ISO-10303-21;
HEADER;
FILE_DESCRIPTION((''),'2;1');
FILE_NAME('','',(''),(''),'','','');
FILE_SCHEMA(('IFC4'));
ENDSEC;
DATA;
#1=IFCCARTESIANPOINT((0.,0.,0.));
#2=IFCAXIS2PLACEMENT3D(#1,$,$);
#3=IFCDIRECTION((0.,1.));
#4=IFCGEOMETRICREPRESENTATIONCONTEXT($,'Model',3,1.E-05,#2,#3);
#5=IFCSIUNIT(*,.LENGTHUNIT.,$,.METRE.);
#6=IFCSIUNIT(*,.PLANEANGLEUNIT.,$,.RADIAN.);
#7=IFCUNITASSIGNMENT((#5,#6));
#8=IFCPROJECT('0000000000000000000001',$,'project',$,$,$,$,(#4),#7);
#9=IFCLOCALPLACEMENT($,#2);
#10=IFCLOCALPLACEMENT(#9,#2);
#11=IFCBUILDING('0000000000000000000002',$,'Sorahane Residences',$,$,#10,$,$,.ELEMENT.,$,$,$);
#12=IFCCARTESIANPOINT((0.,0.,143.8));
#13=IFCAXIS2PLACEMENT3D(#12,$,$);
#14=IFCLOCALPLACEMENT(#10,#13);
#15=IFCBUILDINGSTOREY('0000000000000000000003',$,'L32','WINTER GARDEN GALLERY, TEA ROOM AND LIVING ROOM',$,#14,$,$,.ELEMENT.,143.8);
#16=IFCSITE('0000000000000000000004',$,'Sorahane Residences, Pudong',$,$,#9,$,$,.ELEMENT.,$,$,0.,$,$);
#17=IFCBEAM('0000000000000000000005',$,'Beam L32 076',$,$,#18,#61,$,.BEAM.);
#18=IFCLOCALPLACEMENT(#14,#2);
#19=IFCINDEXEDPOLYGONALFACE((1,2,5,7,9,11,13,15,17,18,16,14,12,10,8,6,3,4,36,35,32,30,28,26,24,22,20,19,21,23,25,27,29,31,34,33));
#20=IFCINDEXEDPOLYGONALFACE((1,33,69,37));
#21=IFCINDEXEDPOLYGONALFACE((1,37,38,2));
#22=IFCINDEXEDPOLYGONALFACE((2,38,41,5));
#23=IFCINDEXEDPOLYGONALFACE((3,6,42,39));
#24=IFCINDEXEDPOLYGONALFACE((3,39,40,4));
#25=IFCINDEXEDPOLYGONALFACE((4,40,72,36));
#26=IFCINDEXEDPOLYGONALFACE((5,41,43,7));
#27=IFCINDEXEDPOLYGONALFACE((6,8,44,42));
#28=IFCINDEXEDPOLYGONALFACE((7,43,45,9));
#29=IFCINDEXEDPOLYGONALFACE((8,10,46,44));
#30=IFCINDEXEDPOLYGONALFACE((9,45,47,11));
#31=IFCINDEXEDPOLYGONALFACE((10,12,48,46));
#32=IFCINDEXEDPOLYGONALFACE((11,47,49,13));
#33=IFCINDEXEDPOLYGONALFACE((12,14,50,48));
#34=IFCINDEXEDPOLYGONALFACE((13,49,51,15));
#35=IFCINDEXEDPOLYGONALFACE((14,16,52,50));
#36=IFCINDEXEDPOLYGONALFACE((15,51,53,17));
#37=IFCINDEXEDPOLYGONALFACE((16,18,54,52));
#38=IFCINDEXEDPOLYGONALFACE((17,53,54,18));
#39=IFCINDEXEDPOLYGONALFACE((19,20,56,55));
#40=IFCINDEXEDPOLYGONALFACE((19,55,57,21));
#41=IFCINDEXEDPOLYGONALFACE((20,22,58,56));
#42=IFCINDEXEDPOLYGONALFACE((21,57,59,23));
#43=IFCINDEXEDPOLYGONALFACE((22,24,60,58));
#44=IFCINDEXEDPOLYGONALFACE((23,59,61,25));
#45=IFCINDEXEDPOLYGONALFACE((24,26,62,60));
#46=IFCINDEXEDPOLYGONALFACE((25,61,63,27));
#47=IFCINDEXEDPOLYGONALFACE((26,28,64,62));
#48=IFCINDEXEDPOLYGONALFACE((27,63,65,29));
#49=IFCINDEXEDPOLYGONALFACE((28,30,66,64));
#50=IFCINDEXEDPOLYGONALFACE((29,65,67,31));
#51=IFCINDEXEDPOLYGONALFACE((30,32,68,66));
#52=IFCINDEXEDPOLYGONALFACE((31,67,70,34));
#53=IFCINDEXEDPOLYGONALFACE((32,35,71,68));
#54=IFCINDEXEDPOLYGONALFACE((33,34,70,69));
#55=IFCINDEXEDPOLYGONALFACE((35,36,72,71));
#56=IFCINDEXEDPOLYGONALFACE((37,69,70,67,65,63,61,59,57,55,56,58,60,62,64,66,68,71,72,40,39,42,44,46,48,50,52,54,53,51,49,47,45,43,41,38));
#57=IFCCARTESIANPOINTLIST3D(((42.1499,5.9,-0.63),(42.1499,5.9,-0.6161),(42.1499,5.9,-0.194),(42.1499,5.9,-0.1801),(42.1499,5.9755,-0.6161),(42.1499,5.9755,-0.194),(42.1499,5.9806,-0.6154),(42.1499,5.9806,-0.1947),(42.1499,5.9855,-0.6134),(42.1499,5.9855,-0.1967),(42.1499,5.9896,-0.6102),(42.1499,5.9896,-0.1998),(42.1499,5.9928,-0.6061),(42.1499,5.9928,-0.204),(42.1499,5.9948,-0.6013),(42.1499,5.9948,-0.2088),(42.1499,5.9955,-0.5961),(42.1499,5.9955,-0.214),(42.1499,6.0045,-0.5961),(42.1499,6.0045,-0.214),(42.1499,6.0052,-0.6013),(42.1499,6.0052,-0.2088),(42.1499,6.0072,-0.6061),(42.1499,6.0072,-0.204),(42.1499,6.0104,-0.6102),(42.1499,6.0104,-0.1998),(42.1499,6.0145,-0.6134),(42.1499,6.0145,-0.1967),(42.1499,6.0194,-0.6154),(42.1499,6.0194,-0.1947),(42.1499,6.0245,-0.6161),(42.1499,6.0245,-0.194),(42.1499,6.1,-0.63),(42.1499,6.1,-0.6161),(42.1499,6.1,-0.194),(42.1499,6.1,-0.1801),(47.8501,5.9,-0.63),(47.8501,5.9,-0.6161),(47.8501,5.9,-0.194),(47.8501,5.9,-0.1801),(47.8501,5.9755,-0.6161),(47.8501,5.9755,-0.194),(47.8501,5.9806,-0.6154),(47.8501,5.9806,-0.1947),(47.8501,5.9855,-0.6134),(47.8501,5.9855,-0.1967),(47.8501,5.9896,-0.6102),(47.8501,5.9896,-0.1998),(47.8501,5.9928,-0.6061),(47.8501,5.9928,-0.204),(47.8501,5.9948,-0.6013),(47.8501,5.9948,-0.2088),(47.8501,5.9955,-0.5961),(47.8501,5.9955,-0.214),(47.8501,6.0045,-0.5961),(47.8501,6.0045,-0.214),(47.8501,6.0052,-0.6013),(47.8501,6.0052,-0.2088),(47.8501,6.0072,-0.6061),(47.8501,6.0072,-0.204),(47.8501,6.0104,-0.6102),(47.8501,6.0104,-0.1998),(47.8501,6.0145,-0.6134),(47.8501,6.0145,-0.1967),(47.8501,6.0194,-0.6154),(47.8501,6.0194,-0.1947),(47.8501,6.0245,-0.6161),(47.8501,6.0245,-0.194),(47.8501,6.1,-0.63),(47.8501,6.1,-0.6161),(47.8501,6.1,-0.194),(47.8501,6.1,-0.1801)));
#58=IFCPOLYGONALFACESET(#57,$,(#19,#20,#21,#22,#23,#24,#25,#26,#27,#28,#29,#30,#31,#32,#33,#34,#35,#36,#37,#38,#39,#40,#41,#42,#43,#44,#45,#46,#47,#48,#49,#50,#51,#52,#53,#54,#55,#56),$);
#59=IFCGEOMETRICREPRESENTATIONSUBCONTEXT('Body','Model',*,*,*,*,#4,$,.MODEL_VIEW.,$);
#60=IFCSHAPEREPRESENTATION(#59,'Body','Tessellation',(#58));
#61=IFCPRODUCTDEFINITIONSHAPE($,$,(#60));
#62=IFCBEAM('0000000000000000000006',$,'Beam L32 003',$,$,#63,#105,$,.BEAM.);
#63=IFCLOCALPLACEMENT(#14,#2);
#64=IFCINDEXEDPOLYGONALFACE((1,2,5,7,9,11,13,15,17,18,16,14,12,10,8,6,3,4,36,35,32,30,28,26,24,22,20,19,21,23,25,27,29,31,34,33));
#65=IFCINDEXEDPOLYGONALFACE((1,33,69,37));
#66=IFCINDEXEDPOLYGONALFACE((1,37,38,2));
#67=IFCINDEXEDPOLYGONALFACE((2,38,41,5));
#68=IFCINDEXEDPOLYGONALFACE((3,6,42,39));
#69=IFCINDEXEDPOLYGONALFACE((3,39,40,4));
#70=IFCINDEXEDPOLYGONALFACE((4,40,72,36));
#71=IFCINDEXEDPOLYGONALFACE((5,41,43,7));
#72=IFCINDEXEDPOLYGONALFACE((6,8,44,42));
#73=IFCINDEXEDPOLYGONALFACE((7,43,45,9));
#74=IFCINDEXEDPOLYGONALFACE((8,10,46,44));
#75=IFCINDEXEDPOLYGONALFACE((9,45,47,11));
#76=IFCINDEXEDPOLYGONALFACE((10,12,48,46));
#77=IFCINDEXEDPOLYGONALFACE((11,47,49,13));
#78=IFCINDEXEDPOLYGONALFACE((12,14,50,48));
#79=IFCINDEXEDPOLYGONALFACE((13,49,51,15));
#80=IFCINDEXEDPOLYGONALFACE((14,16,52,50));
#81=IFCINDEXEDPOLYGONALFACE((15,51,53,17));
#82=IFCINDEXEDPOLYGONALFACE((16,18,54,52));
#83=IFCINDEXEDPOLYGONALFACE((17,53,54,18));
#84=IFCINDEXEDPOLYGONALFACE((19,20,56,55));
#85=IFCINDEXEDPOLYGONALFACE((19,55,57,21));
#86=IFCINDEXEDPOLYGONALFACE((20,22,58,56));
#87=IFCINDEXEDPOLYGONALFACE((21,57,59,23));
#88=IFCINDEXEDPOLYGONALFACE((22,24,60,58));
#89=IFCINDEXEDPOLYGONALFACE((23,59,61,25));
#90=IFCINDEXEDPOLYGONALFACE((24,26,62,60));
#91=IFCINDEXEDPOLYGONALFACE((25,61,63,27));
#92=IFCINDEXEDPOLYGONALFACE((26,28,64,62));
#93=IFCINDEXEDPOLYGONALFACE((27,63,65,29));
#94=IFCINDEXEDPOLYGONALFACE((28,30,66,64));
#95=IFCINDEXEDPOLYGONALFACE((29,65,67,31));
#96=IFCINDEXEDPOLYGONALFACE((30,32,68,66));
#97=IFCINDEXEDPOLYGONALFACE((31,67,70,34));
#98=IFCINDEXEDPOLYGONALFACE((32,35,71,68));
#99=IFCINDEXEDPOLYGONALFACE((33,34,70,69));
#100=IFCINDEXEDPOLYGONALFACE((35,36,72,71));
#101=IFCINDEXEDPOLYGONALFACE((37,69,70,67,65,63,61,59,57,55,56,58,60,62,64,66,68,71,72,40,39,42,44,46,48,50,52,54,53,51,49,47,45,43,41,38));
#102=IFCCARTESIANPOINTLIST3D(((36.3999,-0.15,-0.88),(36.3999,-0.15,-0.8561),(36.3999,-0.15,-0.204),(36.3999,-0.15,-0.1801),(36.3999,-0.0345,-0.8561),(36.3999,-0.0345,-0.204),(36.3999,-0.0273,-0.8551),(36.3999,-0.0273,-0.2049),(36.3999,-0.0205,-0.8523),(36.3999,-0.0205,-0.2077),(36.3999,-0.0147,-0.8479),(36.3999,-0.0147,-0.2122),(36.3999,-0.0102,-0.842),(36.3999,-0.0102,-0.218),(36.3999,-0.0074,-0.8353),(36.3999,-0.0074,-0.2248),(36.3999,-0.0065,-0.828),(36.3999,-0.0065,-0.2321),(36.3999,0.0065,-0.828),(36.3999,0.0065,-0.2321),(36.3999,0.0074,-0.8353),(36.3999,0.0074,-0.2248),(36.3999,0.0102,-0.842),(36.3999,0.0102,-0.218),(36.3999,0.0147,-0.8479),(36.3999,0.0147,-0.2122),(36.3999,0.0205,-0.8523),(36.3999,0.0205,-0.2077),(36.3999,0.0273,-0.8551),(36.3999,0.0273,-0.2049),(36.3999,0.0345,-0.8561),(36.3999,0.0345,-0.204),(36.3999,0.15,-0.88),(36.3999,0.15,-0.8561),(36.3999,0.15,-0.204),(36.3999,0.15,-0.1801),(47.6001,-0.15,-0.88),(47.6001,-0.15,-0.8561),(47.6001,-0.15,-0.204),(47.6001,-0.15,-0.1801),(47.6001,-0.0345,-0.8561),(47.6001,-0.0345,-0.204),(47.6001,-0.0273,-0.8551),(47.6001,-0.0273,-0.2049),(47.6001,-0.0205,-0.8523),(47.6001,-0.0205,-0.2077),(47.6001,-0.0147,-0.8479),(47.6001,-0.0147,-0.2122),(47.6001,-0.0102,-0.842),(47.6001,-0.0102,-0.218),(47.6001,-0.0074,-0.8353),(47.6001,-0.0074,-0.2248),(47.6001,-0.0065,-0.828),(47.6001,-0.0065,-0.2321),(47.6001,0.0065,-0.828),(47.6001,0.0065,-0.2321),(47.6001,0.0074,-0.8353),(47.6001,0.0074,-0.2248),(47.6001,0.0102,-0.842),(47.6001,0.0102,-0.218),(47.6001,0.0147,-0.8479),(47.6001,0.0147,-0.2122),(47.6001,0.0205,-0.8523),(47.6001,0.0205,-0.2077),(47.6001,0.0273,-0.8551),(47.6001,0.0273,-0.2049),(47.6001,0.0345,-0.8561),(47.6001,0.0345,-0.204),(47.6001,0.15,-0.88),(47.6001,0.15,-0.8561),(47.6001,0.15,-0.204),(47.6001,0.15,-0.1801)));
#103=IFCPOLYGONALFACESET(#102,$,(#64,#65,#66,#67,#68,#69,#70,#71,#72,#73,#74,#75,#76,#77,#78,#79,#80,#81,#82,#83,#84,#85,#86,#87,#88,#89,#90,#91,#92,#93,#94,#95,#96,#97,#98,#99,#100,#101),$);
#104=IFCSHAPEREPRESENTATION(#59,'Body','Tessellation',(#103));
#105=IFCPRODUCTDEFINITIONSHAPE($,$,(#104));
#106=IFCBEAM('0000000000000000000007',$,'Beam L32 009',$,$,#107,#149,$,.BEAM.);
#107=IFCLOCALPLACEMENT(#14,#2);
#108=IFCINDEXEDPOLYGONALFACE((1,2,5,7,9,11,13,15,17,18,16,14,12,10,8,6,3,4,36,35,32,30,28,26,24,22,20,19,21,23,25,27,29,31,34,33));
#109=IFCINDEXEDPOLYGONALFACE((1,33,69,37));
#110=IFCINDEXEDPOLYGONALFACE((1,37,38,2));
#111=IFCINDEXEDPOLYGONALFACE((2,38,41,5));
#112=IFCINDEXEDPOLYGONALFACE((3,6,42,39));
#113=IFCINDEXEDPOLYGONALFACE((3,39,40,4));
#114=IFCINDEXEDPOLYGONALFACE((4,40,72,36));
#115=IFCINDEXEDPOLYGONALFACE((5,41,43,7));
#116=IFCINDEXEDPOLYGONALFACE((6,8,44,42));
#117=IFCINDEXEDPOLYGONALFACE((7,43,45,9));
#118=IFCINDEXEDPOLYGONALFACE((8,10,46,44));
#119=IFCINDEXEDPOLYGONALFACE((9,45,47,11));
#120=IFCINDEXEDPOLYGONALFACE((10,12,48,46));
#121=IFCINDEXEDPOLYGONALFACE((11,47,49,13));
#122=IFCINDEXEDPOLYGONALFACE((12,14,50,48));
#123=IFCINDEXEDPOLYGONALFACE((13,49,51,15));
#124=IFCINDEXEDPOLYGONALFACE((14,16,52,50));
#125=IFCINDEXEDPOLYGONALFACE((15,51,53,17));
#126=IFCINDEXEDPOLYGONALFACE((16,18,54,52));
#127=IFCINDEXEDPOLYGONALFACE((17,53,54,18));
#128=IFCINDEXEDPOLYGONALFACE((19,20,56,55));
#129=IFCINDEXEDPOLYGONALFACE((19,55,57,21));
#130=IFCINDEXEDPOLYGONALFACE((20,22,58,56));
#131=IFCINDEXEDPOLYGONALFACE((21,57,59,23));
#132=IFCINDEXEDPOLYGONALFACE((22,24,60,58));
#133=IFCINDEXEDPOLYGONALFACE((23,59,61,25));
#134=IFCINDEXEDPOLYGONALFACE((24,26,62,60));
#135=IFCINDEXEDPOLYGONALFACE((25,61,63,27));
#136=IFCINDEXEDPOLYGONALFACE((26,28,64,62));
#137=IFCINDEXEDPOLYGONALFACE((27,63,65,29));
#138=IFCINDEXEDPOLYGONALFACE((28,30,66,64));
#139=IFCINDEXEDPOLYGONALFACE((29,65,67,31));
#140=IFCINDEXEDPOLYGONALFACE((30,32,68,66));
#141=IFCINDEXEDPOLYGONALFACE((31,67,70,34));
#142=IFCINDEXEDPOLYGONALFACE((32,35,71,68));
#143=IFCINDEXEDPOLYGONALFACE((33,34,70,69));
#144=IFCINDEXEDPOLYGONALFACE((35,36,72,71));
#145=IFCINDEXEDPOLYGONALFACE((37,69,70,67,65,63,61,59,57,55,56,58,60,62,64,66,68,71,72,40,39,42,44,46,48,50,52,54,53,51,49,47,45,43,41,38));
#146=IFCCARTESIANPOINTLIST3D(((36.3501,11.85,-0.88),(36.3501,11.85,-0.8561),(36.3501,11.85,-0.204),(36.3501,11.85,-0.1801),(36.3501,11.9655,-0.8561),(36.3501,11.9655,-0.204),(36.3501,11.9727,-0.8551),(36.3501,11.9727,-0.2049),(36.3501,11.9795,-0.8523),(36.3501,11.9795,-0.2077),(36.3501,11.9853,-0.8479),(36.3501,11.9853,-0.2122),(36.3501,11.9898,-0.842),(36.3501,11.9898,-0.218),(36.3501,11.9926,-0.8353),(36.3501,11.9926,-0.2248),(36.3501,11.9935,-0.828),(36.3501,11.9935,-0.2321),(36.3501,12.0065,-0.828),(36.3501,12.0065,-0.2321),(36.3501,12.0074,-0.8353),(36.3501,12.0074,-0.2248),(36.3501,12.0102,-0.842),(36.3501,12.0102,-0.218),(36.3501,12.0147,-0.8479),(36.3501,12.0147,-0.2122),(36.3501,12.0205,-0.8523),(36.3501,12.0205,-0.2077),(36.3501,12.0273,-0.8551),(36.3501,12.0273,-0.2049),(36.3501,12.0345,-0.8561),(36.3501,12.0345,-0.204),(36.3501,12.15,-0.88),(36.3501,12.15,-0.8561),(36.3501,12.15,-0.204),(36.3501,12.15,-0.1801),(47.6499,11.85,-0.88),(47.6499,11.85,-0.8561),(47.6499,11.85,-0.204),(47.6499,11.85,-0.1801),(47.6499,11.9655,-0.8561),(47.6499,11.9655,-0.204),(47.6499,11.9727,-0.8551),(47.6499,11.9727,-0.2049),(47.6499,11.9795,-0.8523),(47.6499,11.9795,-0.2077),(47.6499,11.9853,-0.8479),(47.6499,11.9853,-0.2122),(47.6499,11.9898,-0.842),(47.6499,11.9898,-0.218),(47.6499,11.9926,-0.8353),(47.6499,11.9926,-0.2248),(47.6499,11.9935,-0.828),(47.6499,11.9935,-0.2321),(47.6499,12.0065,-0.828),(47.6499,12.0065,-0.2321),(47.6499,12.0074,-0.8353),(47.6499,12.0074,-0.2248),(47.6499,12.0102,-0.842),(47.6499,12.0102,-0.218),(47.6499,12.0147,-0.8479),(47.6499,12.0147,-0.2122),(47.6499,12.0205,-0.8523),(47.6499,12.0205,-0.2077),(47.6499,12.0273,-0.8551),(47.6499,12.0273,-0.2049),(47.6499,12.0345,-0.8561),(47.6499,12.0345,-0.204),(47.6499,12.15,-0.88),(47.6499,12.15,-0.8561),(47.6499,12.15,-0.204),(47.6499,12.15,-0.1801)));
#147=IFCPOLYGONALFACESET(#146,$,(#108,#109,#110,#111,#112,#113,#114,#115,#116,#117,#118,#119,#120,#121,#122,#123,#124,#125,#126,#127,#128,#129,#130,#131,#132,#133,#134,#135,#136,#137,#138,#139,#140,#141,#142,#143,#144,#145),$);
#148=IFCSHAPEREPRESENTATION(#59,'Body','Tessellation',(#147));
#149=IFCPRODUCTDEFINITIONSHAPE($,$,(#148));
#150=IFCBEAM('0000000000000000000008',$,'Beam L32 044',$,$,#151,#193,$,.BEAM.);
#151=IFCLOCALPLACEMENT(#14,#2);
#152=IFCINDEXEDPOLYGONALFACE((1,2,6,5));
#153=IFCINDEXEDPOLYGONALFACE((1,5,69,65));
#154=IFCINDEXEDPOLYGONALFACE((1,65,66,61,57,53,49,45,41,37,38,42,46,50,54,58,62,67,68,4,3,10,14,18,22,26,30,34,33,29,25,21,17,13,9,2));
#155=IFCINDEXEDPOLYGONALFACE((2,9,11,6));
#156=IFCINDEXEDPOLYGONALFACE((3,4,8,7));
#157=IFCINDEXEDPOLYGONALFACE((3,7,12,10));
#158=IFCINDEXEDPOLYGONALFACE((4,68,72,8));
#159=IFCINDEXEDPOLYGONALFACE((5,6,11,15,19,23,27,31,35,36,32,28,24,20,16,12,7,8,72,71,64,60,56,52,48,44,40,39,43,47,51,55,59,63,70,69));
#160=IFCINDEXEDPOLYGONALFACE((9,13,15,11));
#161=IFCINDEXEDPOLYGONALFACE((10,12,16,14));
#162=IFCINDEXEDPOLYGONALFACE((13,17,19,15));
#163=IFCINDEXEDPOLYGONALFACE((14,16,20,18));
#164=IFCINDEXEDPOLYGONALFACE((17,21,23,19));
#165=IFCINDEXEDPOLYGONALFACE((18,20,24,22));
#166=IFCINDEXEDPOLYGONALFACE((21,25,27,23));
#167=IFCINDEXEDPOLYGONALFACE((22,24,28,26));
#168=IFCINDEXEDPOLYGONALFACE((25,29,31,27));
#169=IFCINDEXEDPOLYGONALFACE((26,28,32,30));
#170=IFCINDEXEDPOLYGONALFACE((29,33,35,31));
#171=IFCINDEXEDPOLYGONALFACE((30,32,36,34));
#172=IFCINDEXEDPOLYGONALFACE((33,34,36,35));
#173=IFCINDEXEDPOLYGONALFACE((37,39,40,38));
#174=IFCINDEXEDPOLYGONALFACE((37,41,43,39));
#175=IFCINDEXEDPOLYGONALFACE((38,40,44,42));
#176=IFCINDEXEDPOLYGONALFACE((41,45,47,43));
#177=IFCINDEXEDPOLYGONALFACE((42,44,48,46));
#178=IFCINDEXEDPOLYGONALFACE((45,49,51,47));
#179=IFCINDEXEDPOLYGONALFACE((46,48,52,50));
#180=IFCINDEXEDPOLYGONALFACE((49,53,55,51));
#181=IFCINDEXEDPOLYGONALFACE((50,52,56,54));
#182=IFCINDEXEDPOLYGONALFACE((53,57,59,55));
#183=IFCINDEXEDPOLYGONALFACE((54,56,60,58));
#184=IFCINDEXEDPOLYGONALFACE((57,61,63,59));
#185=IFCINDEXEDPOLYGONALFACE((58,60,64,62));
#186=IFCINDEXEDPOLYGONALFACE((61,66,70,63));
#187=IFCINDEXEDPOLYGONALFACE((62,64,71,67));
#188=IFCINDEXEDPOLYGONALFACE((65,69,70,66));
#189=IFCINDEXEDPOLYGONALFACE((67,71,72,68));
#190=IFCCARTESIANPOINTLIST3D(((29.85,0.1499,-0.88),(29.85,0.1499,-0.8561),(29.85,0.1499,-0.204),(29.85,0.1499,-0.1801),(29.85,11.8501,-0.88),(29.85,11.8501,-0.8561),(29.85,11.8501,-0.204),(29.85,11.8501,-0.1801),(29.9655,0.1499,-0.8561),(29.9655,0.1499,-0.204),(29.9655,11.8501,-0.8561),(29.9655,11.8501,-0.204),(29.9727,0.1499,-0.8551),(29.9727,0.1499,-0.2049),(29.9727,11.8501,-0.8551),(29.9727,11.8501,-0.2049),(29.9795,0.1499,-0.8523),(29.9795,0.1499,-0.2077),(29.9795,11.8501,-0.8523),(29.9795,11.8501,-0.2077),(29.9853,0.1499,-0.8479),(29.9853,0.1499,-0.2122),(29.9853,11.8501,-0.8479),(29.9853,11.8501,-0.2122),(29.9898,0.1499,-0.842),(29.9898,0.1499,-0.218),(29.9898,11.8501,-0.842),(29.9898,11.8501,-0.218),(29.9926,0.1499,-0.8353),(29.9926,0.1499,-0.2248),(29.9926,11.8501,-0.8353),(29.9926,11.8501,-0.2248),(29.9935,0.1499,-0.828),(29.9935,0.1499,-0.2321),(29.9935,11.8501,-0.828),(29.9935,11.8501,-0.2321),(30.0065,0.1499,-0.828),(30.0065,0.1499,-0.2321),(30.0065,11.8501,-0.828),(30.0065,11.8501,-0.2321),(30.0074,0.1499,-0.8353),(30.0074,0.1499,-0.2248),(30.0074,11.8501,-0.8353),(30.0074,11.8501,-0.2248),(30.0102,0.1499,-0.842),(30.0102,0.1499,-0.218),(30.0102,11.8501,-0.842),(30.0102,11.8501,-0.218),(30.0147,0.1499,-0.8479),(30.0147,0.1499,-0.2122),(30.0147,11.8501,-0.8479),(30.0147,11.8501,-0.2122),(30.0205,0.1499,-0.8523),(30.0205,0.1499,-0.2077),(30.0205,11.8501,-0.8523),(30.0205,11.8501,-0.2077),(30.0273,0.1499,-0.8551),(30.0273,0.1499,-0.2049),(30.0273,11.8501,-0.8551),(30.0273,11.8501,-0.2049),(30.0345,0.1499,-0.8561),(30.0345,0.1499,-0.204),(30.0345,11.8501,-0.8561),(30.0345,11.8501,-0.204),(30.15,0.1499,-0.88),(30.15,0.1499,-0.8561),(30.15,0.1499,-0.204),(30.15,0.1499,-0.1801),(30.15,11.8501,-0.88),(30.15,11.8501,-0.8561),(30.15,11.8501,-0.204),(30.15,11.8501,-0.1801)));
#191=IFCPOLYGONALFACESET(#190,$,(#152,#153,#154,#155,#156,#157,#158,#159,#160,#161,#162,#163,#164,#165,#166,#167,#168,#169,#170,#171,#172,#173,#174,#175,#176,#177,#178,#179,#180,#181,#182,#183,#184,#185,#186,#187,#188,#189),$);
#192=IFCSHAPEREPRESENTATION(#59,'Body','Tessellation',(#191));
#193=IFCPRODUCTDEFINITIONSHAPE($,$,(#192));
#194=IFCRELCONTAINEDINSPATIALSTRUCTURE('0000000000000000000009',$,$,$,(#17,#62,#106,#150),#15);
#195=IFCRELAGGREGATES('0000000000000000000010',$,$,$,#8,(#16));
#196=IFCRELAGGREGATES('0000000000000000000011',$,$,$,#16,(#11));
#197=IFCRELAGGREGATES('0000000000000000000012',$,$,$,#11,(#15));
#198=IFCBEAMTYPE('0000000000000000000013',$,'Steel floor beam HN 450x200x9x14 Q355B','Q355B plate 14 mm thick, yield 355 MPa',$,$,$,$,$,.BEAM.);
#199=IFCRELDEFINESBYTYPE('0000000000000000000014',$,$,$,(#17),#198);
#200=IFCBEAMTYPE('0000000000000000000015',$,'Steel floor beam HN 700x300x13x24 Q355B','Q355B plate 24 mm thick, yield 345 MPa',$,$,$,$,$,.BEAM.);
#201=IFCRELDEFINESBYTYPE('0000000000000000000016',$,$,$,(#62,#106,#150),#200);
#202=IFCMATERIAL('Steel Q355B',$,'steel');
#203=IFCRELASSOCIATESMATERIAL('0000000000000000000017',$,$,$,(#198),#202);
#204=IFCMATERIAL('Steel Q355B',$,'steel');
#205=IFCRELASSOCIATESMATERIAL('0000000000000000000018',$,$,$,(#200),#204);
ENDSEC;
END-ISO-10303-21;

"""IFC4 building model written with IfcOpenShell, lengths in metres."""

from ifc_helpers import new_model, si_unit, direction, frame, origin, origin_2d, place, context, subcontext, project, spatial, i_section, extrude, material, material_profile, profile_set, type_object, element, save


model = new_model("IFC4")

# Units and contexts
model_context = context("Model", 3, precision=1e-05, world=origin(), true_north=direction((0.0, 1.0)))
body_context = subcontext(model_context, "Body", "Model", "MODEL_VIEW")
ifc_project = project(units=[si_unit("LENGTHUNIT", "METRE"), si_unit("PLANEANGLEUNIT", "RADIAN")], contexts=[model_context])

# Site, building, storey
site_placement = place(None, origin())
site = spatial("IfcSite", under=ifc_project, at=site_placement, Name="Sorahane Residences, Pudong", CompositionType="ELEMENT", RefElevation=0.0)
building_placement = place(site_placement, origin())
building = spatial("IfcBuilding", under=site, at=building_placement, Name="Sorahane Residences", CompositionType="ELEMENT")
storey_placement = place(building_placement, frame((0.0, 0.0, 143.8)))
storey = spatial("IfcBuildingStorey", under=building, at=storey_placement, Name="L32", Description="WINTER GARDEN GALLERY, TEA ROOM AND LIVING ROOM", CompositionType="ELEMENT", Elevation=143.8)

# Beams
ifc_material_1 = material(Name="Steel Q355B", Category="steel")
ifc_material_profile_1 = material_profile(ifc_material_1, i_section(OverallWidth=0.2, OverallDepth=0.45, WebThickness=0.009, FlangeThickness=0.0139, FilletRadius=0.02, at=origin_2d()), Name="HN 450x200x9x14")
ifc_profile_set_1 = profile_set([ifc_material_profile_1], Name="Steel Q355B")
beam_type_1 = type_object("IfcBeamType", Name="Steel floor beam HN 450x200x9x14 Q355B", Description="Q355B plate 14 mm thick, yield 355 MPa", PredefinedType="BEAM", material=ifc_profile_set_1)
for number, where, z_axis, x_axis, name in (
    (1, (42.1499, 6.0, -0.405), (1.0, 0.0, 0.0), (0.0, 1.0, 0.0), "Beam L32 076"),
):
    element("IfcBeam", number, at=place(storey_placement, frame(where, z_axis=z_axis, x_axis=x_axis)), inside=storey, type_object=beam_type_1, Name=name, PredefinedType="BEAM", context=body_context, shape_type="SweptSolid", body=[
        extrude(i_section(OverallWidth=0.2, OverallDepth=0.45, WebThickness=0.009, FlangeThickness=0.0139, FilletRadius=0.02, at=origin_2d()), origin(), (0.0, 0.0, 1.0), 5.7002),
    ])
ifc_material_2 = material(Name="Steel Q355B", Category="steel")
ifc_material_profile_2 = material_profile(ifc_material_2, i_section(OverallWidth=0.3, OverallDepth=0.7, WebThickness=0.0129, FlangeThickness=0.0239, FilletRadius=0.0281, at=origin_2d()), Name="HN 700x300x13x24")
ifc_profile_set_2 = profile_set([ifc_material_profile_2], Name="Steel Q355B")
beam_type_2 = type_object("IfcBeamType", Name="Steel floor beam HN 700x300x13x24 Q355B", Description="Q355B plate 24 mm thick, yield 345 MPa", PredefinedType="BEAM", material=ifc_profile_set_2)
beam_1_placement = place(storey_placement, frame((36.3999, 0.0, -0.53), z_axis=(1.0, 0.0, 0.0), x_axis=(0.0, 1.0, 0.0)))
element("IfcBeam", 2, at=beam_1_placement, inside=storey, type_object=beam_type_2, Name="Beam L32 003", PredefinedType="BEAM", context=body_context, shape_type="SweptSolid", body=[
    extrude(i_section(OverallWidth=0.3, OverallDepth=0.7, WebThickness=0.0129, FlangeThickness=0.0239, FilletRadius=0.0281, at=origin_2d()), origin(), (0.0, 0.0, 1.0), 11.2002),
])
beam_2_placement = place(storey_placement, frame((36.3501, 12.0, -0.53), z_axis=(1.0, 0.0, 0.0), x_axis=(0.0, 1.0, 0.0)))
element("IfcBeam", 3, at=beam_2_placement, inside=storey, type_object=beam_type_2, Name="Beam L32 009", PredefinedType="BEAM", context=body_context, shape_type="SweptSolid", body=[
    extrude(i_section(OverallWidth=0.3, OverallDepth=0.7, WebThickness=0.0129, FlangeThickness=0.0239, FilletRadius=0.0281, at=origin_2d()), origin(), (0.0, 0.0, 1.0), 11.2998),
])
beam_3_placement = place(storey_placement, frame((30.0, 0.1499, -0.53), z_axis=(0.0, 1.0, 0.0), x_axis=(-1.0, 0.0, 0.0)))
element("IfcBeam", 4, at=beam_3_placement, inside=storey, type_object=beam_type_2, Name="Beam L32 044", PredefinedType="BEAM", context=body_context, shape_type="SweptSolid", body=[
    extrude(i_section(OverallWidth=0.3, OverallDepth=0.7, WebThickness=0.0129, FlangeThickness=0.0239, FilletRadius=0.0281, at=origin_2d()), origin(), (0.0, 0.0, 1.0), 11.7002),
])

save(model, "model.ifc")
